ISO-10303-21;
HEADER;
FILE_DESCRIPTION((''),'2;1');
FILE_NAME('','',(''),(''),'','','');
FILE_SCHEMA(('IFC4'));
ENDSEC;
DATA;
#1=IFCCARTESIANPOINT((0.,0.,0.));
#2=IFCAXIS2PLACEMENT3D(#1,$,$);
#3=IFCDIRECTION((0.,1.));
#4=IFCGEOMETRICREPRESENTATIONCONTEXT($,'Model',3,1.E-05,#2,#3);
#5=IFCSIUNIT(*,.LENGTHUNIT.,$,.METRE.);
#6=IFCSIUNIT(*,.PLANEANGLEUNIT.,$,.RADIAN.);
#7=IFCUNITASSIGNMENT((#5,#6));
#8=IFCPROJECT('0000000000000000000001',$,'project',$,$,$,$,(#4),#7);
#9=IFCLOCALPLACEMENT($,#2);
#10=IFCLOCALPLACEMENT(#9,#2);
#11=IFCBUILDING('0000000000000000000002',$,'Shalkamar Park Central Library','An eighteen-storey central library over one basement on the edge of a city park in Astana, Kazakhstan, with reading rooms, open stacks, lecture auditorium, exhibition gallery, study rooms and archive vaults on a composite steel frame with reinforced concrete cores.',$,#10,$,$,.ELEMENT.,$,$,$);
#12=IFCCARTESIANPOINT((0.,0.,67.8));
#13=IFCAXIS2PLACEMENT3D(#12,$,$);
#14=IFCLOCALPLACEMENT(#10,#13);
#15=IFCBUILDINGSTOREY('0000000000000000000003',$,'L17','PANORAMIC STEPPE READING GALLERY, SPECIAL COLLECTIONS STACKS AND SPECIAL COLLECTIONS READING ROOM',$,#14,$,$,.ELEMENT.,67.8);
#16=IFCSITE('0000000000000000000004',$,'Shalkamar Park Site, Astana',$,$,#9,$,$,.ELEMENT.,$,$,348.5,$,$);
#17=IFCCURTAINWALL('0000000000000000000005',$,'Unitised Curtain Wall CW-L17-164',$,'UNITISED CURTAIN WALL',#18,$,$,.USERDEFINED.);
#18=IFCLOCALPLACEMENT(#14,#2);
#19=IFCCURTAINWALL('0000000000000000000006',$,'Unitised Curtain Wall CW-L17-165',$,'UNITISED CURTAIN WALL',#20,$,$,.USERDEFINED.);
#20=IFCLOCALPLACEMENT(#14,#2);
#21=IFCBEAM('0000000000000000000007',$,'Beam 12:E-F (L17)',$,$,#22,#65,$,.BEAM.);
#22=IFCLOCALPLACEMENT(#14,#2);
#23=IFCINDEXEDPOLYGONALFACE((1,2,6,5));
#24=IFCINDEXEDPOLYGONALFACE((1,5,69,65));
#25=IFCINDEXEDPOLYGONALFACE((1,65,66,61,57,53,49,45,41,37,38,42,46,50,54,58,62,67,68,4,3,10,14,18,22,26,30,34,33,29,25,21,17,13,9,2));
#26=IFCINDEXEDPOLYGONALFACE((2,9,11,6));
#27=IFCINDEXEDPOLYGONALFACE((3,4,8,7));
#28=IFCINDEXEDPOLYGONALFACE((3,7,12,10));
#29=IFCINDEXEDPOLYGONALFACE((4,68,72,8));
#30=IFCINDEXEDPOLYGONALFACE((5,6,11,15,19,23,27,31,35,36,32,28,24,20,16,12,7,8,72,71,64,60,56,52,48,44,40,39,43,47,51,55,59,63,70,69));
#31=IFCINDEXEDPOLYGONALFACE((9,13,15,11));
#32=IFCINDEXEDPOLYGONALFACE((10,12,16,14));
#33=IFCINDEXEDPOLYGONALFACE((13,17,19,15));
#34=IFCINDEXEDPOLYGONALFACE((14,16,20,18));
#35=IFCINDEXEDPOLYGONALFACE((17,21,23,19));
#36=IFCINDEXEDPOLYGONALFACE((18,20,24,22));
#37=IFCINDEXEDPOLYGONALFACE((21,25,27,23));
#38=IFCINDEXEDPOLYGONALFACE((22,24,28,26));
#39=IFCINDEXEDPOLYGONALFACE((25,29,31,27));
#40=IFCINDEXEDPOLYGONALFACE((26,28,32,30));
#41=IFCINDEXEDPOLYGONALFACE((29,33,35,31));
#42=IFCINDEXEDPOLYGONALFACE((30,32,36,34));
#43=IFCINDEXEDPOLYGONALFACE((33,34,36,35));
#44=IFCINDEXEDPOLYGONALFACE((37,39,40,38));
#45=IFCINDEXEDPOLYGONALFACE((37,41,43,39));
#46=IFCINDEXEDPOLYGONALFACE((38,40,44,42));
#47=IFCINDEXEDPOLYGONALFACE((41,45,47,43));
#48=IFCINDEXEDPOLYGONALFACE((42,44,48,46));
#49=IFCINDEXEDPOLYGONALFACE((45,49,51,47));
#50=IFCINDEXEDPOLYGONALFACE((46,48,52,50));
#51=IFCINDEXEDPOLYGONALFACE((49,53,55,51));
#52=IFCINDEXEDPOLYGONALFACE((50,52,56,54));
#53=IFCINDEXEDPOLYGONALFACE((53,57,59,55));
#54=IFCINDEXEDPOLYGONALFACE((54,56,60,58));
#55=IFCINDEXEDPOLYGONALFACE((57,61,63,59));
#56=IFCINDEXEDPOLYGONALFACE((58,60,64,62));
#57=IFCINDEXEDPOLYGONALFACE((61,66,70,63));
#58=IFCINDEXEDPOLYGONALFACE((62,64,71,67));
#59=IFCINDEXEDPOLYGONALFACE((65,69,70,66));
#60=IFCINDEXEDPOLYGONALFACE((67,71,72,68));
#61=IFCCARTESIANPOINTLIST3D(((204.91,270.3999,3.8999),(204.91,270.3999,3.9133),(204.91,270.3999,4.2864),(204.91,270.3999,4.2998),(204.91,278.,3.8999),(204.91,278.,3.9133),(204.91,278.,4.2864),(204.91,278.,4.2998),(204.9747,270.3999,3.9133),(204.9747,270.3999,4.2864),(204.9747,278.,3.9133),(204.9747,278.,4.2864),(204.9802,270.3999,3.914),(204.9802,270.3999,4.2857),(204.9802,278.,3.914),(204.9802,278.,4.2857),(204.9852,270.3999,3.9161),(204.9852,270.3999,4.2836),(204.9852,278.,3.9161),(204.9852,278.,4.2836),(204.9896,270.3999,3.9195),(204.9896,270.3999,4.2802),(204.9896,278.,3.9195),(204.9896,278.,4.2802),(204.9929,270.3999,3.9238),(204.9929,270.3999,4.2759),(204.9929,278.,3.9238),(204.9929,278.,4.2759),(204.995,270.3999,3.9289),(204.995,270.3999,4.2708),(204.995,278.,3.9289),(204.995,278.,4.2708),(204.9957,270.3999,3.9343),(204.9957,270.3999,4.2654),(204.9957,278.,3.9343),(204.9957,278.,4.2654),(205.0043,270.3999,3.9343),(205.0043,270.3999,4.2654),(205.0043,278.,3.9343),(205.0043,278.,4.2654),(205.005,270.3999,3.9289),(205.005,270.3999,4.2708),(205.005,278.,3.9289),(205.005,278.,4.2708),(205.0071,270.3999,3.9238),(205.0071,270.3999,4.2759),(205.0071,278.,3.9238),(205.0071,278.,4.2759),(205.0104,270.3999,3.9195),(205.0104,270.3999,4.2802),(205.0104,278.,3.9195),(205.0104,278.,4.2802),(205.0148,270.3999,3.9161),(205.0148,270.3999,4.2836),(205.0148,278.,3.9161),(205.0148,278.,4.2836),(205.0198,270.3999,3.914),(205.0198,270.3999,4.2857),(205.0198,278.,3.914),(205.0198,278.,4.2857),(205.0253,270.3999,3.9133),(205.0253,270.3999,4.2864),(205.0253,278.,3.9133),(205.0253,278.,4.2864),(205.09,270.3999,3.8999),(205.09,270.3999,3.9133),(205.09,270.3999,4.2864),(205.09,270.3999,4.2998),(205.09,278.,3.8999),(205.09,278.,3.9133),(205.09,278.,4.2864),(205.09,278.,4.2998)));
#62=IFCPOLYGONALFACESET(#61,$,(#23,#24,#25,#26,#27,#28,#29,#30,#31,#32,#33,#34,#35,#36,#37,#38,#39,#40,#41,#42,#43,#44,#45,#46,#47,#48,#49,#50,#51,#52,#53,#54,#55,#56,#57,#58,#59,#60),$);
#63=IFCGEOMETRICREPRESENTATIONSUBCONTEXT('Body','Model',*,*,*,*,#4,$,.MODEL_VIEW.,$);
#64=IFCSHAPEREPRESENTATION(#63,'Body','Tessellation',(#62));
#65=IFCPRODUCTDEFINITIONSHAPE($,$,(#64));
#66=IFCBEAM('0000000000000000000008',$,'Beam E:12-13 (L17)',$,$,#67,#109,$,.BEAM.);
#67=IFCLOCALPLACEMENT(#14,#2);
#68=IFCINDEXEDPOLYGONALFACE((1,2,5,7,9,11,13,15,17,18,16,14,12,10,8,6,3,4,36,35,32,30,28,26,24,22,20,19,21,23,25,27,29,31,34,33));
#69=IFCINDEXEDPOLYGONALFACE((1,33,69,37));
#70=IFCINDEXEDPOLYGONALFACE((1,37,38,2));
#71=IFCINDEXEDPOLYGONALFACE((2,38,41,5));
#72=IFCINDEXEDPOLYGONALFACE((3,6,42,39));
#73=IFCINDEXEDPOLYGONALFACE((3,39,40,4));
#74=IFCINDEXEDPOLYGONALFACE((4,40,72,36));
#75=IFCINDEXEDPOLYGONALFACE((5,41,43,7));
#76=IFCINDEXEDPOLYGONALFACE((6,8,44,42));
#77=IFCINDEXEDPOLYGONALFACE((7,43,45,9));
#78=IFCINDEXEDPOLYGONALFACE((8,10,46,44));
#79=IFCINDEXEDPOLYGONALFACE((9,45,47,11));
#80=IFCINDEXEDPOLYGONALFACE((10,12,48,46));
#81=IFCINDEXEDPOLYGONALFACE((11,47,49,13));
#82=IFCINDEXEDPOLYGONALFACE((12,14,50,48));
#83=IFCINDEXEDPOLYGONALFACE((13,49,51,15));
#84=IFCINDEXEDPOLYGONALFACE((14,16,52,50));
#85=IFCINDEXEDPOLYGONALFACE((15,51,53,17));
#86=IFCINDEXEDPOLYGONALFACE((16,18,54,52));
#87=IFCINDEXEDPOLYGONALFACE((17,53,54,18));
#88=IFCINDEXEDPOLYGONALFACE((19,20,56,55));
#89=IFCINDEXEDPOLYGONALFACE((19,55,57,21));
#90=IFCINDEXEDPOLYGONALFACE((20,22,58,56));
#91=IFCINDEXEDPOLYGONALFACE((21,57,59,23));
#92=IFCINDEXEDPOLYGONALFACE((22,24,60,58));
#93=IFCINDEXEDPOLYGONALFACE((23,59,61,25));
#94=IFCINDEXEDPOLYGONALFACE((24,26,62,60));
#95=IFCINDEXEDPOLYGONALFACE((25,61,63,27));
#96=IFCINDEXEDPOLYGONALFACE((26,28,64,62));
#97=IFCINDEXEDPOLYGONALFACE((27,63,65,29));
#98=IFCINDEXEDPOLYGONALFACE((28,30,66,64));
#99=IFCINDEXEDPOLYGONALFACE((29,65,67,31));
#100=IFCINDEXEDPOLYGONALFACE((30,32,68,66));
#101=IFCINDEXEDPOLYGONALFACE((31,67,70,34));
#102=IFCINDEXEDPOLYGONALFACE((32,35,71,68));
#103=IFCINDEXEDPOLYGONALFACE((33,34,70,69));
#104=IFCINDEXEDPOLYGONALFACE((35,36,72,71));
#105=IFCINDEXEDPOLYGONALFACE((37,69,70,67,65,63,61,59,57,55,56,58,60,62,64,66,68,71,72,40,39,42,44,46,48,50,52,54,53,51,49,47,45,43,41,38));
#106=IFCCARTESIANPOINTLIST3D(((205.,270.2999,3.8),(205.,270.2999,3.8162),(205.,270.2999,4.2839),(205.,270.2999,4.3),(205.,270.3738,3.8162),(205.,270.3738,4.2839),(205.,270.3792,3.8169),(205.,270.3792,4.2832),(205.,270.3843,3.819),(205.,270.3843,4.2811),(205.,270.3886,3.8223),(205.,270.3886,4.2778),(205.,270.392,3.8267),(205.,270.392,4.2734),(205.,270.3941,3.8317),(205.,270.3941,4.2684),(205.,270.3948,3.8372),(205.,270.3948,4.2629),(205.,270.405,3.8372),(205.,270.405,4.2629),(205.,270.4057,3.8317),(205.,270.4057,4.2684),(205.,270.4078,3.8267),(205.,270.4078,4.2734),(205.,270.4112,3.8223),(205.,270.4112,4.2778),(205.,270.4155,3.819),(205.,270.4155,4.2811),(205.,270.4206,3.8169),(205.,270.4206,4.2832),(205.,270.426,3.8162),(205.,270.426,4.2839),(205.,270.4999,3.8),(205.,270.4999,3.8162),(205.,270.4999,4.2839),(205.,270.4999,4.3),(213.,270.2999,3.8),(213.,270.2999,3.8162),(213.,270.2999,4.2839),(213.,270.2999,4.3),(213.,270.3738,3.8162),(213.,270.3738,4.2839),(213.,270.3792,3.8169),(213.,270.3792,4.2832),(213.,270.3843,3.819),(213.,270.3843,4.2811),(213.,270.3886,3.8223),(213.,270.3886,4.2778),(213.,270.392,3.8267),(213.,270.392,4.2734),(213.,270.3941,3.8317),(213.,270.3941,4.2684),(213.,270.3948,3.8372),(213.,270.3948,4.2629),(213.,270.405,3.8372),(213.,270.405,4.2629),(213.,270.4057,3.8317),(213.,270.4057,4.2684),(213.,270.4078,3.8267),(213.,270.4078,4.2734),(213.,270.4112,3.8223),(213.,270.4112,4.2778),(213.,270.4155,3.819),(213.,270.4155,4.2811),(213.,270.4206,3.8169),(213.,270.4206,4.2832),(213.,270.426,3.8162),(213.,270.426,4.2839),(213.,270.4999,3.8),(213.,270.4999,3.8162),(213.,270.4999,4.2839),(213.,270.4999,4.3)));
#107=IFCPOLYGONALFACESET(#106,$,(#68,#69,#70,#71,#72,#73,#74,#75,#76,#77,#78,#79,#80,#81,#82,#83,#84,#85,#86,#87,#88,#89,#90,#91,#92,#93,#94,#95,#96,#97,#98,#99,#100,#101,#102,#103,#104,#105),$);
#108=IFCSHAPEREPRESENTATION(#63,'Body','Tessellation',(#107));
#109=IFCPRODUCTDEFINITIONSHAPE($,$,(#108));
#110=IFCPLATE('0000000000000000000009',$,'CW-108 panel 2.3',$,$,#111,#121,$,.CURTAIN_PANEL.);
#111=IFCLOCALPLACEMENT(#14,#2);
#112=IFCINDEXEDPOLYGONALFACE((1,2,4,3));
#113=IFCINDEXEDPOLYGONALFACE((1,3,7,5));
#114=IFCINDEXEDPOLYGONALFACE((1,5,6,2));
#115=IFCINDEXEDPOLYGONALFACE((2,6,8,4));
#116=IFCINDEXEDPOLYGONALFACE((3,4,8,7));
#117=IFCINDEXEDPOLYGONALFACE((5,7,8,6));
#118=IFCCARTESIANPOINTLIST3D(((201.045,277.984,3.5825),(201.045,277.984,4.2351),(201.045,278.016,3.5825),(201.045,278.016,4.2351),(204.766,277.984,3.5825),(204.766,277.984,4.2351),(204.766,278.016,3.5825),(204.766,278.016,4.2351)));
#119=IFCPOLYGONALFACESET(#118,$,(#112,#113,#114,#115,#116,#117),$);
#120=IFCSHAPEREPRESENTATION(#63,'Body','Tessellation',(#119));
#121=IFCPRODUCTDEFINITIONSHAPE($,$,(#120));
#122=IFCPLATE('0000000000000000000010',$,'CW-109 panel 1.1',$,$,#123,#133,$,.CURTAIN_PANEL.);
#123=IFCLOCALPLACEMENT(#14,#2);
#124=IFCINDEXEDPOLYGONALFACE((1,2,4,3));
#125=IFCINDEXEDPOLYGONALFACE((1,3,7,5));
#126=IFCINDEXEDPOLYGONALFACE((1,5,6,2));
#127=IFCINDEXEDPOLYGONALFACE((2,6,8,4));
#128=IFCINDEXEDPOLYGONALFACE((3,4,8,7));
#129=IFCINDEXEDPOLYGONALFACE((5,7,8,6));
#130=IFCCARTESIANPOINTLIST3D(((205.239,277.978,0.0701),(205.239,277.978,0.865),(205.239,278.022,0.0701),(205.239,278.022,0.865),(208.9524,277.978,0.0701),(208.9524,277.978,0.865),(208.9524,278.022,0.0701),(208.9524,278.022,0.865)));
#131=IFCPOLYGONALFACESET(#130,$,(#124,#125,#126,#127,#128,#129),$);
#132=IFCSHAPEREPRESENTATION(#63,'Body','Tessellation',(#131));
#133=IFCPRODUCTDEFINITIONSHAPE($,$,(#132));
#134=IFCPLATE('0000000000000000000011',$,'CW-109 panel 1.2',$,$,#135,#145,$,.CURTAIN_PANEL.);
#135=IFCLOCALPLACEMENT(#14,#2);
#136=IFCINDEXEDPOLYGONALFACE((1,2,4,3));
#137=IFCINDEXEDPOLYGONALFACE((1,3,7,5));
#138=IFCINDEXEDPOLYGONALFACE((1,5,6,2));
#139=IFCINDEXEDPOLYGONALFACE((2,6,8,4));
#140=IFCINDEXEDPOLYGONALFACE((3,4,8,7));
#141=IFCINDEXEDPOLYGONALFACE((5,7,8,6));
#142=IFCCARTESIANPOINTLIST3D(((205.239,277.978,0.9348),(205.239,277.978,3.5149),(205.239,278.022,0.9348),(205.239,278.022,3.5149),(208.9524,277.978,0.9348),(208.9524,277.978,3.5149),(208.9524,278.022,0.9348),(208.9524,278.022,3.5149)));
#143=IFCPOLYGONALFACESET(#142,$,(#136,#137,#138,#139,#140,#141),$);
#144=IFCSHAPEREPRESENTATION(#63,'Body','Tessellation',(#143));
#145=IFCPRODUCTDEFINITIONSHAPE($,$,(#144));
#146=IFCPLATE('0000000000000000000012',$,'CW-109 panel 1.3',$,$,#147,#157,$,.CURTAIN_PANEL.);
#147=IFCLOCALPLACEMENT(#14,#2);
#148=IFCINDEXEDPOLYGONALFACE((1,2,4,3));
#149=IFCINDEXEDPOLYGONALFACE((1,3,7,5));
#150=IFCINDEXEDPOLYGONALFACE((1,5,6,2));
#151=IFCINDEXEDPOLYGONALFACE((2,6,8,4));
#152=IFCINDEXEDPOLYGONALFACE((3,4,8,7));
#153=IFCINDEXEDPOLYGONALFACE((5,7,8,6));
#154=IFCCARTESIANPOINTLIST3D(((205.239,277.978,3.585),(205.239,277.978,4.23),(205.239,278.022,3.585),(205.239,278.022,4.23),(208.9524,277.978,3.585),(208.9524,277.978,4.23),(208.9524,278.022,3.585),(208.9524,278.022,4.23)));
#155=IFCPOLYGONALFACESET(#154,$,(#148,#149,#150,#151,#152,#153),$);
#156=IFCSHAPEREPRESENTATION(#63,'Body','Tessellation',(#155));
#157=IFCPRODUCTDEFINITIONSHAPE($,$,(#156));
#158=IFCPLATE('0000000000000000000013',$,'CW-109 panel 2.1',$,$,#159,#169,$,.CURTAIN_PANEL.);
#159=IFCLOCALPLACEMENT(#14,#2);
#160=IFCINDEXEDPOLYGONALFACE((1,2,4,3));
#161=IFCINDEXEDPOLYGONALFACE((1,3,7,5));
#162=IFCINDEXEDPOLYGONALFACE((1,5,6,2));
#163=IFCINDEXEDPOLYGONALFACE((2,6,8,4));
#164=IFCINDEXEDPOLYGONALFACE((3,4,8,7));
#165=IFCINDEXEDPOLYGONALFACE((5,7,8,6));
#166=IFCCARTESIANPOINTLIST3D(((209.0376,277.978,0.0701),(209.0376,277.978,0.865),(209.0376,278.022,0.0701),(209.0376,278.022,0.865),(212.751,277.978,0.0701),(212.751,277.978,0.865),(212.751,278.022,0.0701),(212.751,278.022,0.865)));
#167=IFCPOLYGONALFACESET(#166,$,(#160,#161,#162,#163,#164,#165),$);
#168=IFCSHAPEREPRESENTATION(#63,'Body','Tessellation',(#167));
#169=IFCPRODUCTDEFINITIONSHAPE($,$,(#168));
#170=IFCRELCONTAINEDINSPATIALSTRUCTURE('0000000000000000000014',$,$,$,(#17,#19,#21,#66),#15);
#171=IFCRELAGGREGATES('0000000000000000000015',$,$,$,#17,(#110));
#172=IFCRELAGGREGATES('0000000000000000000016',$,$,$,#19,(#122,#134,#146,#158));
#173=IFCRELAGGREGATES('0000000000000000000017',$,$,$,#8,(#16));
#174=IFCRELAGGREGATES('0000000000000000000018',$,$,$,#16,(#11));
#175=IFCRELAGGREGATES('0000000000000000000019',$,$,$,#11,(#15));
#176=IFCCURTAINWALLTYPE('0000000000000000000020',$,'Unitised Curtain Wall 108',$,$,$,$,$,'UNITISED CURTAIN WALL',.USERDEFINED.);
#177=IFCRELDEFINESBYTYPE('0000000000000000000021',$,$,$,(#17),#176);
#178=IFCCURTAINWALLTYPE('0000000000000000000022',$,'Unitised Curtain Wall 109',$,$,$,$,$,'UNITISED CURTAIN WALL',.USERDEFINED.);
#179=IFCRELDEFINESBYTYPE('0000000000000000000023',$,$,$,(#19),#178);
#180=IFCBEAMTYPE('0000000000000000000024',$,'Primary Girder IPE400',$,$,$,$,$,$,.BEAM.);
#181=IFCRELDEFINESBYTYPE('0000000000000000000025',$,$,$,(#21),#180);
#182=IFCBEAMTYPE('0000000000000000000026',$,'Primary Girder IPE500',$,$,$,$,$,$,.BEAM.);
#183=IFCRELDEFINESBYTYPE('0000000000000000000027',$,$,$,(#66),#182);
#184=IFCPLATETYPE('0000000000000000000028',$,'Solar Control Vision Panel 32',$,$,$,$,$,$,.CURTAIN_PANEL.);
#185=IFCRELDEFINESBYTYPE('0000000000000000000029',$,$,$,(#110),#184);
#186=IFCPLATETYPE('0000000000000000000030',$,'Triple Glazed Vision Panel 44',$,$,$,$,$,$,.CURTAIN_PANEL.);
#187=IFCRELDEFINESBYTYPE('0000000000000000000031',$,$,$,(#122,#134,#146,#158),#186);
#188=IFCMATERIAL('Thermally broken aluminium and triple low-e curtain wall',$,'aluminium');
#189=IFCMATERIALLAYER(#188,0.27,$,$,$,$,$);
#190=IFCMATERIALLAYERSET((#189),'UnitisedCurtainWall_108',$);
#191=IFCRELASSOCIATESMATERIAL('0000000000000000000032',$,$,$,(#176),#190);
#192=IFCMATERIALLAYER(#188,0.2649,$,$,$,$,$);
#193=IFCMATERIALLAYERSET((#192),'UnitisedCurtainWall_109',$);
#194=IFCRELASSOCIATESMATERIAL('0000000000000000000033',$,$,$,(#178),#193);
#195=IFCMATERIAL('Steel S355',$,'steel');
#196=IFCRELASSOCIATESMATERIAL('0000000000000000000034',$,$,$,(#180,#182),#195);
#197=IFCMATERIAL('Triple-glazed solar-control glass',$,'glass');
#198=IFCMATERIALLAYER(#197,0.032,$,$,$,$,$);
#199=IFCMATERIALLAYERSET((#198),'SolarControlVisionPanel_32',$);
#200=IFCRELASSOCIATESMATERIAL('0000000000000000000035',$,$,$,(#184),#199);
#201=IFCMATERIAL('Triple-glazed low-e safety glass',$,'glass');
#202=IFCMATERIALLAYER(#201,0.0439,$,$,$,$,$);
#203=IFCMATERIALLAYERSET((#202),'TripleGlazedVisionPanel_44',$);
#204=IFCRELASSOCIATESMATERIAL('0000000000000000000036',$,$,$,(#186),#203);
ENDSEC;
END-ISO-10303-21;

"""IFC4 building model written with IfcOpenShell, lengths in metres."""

from ifc_helpers import new_model, si_unit, direction, frame, origin, origin_2d, place, context, subcontext, project, spatial, rectangle, i_section, extrude, material, layer, layer_set, material_profile, profile_set, type_object, element, aggregate, save


model = new_model("IFC4")

# Units and contexts
model_context = context("Model", 3, precision=1e-05, world=origin(), true_north=direction((0.0, 1.0)))
body_context = subcontext(model_context, "Body", "Model", "MODEL_VIEW")
ifc_project = project(units=[si_unit("LENGTHUNIT", "METRE"), si_unit("PLANEANGLEUNIT", "RADIAN")], contexts=[model_context])

# Site, building, storey
site_placement = place(None, origin())
site = spatial("IfcSite", under=ifc_project, at=site_placement, Name="Shalkamar Park Site, Astana", CompositionType="ELEMENT", RefElevation=348.5)
building_placement = place(site_placement, origin())
building = spatial("IfcBuilding", under=site, at=building_placement, Name="Shalkamar Park Central Library", Description="An eighteen-storey central library over one basement on the edge of a city park in Astana, Kazakhstan, with reading rooms, open stacks, lecture auditorium, exhibition gallery, study rooms and archive vaults on a composite steel frame with reinforced concrete cores.", CompositionType="ELEMENT")
storey_placement = place(building_placement, frame((0.0, 0.0, 67.8)))
storey = spatial("IfcBuildingStorey", under=building, at=storey_placement, Name="L17", Description="PANORAMIC STEPPE READING GALLERY, SPECIAL COLLECTIONS STACKS AND SPECIAL COLLECTIONS READING ROOM", CompositionType="ELEMENT", Elevation=67.8)

# Shared definitions
ifc_material_1 = material(Name="Steel S355", Category="steel")

# Curtain wall
ifc_material_2 = material(Name="Thermally broken aluminium and triple low-e curtain wall", Category="aluminium")
ifc_layer_1 = layer(ifc_material_2, 0.27)
ifc_layer_set_1 = layer_set([ifc_layer_1], Name="UnitisedCurtainWall_108")
curtain_wall_type_1 = type_object("IfcCurtainWallType", Name="Unitised Curtain Wall 108", ElementType="UNITISED CURTAIN WALL", PredefinedType="USERDEFINED", material=ifc_layer_set_1)
curtain_wall_1_placement = place(storey_placement, origin())
curtain_wall_1 = element("IfcCurtainWall", 1, at=curtain_wall_1_placement, inside=storey, type_object=curtain_wall_type_1, Name="Unitised Curtain Wall CW-L17-164", ObjectType="UNITISED CURTAIN WALL", PredefinedType="USERDEFINED")

# Curtain wall
ifc_layer_2 = layer(ifc_material_2, 0.2649)
ifc_layer_set_2 = layer_set([ifc_layer_2], Name="UnitisedCurtainWall_109")
curtain_wall_type_2 = type_object("IfcCurtainWallType", Name="Unitised Curtain Wall 109", ElementType="UNITISED CURTAIN WALL", PredefinedType="USERDEFINED", material=ifc_layer_set_2)
curtain_wall_2_placement = place(storey_placement, origin())
curtain_wall_2 = element("IfcCurtainWall", 2, at=curtain_wall_2_placement, inside=storey, type_object=curtain_wall_type_2, Name="Unitised Curtain Wall CW-L17-165", ObjectType="UNITISED CURTAIN WALL", PredefinedType="USERDEFINED")

# Beams
ifc_material_profile_1 = material_profile(ifc_material_1, i_section(OverallWidth=0.1799, OverallDepth=0.3999, WebThickness=0.0085, FlangeThickness=0.0134, FilletRadius=0.021, at=origin_2d()), Name="IPE 400")
ifc_profile_set_1 = profile_set([ifc_material_profile_1], Name="Steel S355")
beam_type_1 = type_object("IfcBeamType", Name="Primary Girder IPE400", PredefinedType="BEAM", material=ifc_profile_set_1)
beam_1_placement = place(storey_placement, frame((205.0, 270.3999, 4.0999), z_axis=(0.0, 1.0, 0.0), x_axis=(-1.0, 0.0, 0.0)))
element("IfcBeam", 3, at=beam_1_placement, inside=storey, type_object=beam_type_1, Name="Beam 12:E-F (L17)", PredefinedType="BEAM", context=body_context, shape_type="SweptSolid", body=[
    extrude(i_section(OverallWidth=0.1799, OverallDepth=0.3999, WebThickness=0.0085, FlangeThickness=0.0134, FilletRadius=0.021, at=origin_2d()), origin(), (0.0, 0.0, 1.0), 7.6001),
])
ifc_material_profile_2 = material_profile(ifc_material_1, i_section(OverallWidth=0.2, OverallDepth=0.5, WebThickness=0.0103, FlangeThickness=0.0161, FilletRadius=0.021, at=origin_2d()), Name="IPE 500")
ifc_profile_set_2 = profile_set([ifc_material_profile_2], Name="Steel S355")
beam_type_2 = type_object("IfcBeamType", Name="Primary Girder IPE500", PredefinedType="BEAM", material=ifc_profile_set_2)
beam_2_placement = place(storey_placement, frame((205.0, 270.3999, 4.05), z_axis=(1.0, 0.0, 0.0), x_axis=(0.0, 1.0, 0.0)))
element("IfcBeam", 4, at=beam_2_placement, inside=storey, type_object=beam_type_2, Name="Beam E:12-13 (L17)", PredefinedType="BEAM", context=body_context, shape_type="SweptSolid", body=[
    extrude(i_section(OverallWidth=0.2, OverallDepth=0.5, WebThickness=0.0103, FlangeThickness=0.0161, FilletRadius=0.021, at=origin_2d()), origin(), (0.0, 0.0, 1.0), 8.0),
])

# Plates
ifc_material_3 = material(Name="Triple-glazed solar-control glass", Category="glass")
ifc_layer_3 = layer(ifc_material_3, 0.032)
ifc_layer_set_3 = layer_set([ifc_layer_3], Name="SolarControlVisionPanel_32")
plate_type_1 = type_object("IfcPlateType", Name="Solar Control Vision Panel 32", PredefinedType="CURTAIN_PANEL", material=ifc_layer_set_3)
plate_1_placement = place(storey_placement, frame((202.9055, 278.0, 3.5825), z_axis=(0.0, 0.0, 1.0), x_axis=(1.0, 0.0, 0.0)))
plate_1 = element("IfcPlate", 5, at=plate_1_placement, type_object=plate_type_1, Name="CW-108 panel 2.3", PredefinedType="CURTAIN_PANEL", context=body_context, shape_type="SweptSolid", body=[
    extrude(rectangle(XDim=3.7209, YDim=0.032, at=origin_2d()), origin(), (0.0, 0.0, 1.0), 0.6526),
])
aggregate(curtain_wall_1, [plate_1])
ifc_material_4 = material(Name="Triple-glazed low-e safety glass", Category="glass")
ifc_layer_4 = layer(ifc_material_4, 0.0439)
ifc_layer_set_4 = layer_set([ifc_layer_4], Name="TripleGlazedVisionPanel_44")
plate_type_2 = type_object("IfcPlateType", Name="Triple Glazed Vision Panel 44", PredefinedType="CURTAIN_PANEL", material=ifc_layer_set_4)
plate_2_placement = place(storey_placement, frame((207.0957, 278.0, 0.0701), z_axis=(0.0, 0.0, 1.0), x_axis=(1.0, 0.0, 0.0)))
plate_2 = element("IfcPlate", 6, at=plate_2_placement, type_object=plate_type_2, Name="CW-109 panel 1.1", PredefinedType="CURTAIN_PANEL", context=body_context, shape_type="SweptSolid", body=[
    extrude(rectangle(XDim=3.7134, YDim=0.0439, at=origin_2d()), origin(), (0.0, 0.0, 1.0), 0.7949),
])
plate_3_placement = place(storey_placement, frame((207.0957, 278.0, 0.9348), z_axis=(0.0, 0.0, 1.0), x_axis=(1.0, 0.0, 0.0)))
plate_3 = element("IfcPlate", 7, at=plate_3_placement, type_object=plate_type_2, Name="CW-109 panel 1.2", PredefinedType="CURTAIN_PANEL", context=body_context, shape_type="SweptSolid", body=[
    extrude(rectangle(XDim=3.7134, YDim=0.0439, at=origin_2d()), origin(), (0.0, 0.0, 1.0), 2.5801),
])
plate_4_placement = place(storey_placement, frame((207.0957, 278.0, 3.585), z_axis=(0.0, 0.0, 1.0), x_axis=(1.0, 0.0, 0.0)))
plate_4 = element("IfcPlate", 8, at=plate_4_placement, type_object=plate_type_2, Name="CW-109 panel 1.3", PredefinedType="CURTAIN_PANEL", context=body_context, shape_type="SweptSolid", body=[
    extrude(rectangle(XDim=3.7134, YDim=0.0439, at=origin_2d()), origin(), (0.0, 0.0, 1.0), 0.645),
])
plate_5_placement = place(storey_placement, frame((210.8943, 278.0, 0.0701), z_axis=(0.0, 0.0, 1.0), x_axis=(1.0, 0.0, 0.0)))
plate_5 = element("IfcPlate", 9, at=plate_5_placement, type_object=plate_type_2, Name="CW-109 panel 2.1", PredefinedType="CURTAIN_PANEL", context=body_context, shape_type="SweptSolid", body=[
    extrude(rectangle(XDim=3.7134, YDim=0.0439, at=origin_2d()), origin(), (0.0, 0.0, 1.0), 0.7949),
])
aggregate(curtain_wall_2, [plate_2, plate_3, plate_4, plate_5])

save(model, "model.ifc")
